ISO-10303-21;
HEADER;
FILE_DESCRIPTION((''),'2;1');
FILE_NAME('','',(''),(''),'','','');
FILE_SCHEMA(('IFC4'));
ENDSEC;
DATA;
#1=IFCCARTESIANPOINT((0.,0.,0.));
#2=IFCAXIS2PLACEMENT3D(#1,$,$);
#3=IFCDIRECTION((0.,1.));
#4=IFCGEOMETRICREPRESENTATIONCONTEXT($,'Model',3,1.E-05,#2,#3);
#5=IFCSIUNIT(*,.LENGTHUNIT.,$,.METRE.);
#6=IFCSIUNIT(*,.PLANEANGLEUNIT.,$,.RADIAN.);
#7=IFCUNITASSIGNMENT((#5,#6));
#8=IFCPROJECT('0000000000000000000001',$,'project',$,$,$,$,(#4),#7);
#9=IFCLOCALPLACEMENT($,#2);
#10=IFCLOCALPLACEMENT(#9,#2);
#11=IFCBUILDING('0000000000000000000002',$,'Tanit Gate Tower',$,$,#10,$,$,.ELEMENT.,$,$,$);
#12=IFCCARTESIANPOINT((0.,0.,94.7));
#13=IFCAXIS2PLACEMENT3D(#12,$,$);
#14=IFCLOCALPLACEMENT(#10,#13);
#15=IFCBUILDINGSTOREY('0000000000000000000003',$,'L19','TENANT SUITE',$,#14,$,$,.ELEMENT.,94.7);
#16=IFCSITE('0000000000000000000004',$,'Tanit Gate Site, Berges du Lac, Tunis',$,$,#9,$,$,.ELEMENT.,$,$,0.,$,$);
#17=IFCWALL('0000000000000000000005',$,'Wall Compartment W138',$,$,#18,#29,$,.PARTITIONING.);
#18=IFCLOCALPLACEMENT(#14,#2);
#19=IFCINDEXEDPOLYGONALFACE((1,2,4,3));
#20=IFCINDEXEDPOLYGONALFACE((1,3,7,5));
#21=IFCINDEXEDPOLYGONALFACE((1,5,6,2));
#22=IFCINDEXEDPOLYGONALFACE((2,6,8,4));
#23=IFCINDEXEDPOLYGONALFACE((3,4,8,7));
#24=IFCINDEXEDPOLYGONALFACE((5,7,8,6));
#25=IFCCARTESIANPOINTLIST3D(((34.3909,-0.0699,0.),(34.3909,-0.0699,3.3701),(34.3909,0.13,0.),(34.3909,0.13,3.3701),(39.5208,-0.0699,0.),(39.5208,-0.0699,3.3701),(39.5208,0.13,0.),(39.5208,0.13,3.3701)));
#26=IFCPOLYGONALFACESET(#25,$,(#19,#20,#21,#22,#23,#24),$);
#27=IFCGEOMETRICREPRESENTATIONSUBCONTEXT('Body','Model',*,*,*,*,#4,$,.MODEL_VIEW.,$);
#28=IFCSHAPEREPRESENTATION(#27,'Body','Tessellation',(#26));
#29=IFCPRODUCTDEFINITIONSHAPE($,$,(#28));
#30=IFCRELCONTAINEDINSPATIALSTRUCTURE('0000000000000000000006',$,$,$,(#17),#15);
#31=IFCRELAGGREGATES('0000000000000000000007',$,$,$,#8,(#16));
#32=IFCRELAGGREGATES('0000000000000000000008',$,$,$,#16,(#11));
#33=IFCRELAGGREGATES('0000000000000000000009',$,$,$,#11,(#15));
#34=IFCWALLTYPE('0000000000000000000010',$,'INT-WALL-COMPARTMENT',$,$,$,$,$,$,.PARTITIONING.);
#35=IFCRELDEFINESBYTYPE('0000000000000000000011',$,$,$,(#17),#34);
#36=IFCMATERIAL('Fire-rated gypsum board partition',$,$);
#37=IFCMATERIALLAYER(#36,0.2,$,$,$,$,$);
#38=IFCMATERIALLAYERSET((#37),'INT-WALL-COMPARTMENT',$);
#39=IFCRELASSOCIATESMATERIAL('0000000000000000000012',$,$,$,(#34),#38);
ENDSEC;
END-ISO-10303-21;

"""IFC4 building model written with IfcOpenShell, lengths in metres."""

from ifc_helpers import new_model, si_unit, direction, frame, frame_2d, origin, place, context, subcontext, project, spatial, rectangle, extrude, material, layer, layer_set, type_object, element, save


model = new_model("IFC4")

# Units and contexts
model_context = context("Model", 3, precision=1e-05, world=origin(), true_north=direction((0.0, 1.0)))
body_context = subcontext(model_context, "Body", "Model", "MODEL_VIEW")
ifc_project = project(units=[si_unit("LENGTHUNIT", "METRE"), si_unit("PLANEANGLEUNIT", "RADIAN")], contexts=[model_context])

# Site, building, storey
site_placement = place(None, origin())
site = spatial("IfcSite", under=ifc_project, at=site_placement, Name="Tanit Gate Site, Berges du Lac, Tunis", CompositionType="ELEMENT", RefElevation=0.0)
building_placement = place(site_placement, origin())
building = spatial("IfcBuilding", under=site, at=building_placement, Name="Tanit Gate Tower", CompositionType="ELEMENT")
storey_placement = place(building_placement, frame((0.0, 0.0, 94.7)))
storey = spatial("IfcBuildingStorey", under=building, at=storey_placement, Name="L19", Description="TENANT SUITE", CompositionType="ELEMENT", Elevation=94.7)

# Wall
ifc_material_1 = material(Name="Fire-rated gypsum board partition")
ifc_layer_1 = layer(ifc_material_1, 0.2)
ifc_layer_set_1 = layer_set([ifc_layer_1], Name="INT-WALL-COMPARTMENT")
wall_type_1 = type_object("IfcWallType", Name="INT-WALL-COMPARTMENT", PredefinedType="PARTITIONING", material=ifc_layer_set_1)
wall_1_placement = place(storey_placement, frame((39.5208, 0.03, 0.0), z_axis=(0.0, 0.0, 1.0), x_axis=(-1.0, 0.0, 0.0)))
element("IfcWall", 1, at=wall_1_placement, inside=storey, type_object=wall_type_1, Name="Wall Compartment W138", PredefinedType="PARTITIONING", context=body_context, shape_type="SweptSolid", body=[
    extrude(rectangle(XDim=5.1299, YDim=0.2, at=frame_2d((2.5649, 0.0))), origin(), (0.0, 0.0, 1.0), 3.3701),
])

save(model, "model.ifc")
